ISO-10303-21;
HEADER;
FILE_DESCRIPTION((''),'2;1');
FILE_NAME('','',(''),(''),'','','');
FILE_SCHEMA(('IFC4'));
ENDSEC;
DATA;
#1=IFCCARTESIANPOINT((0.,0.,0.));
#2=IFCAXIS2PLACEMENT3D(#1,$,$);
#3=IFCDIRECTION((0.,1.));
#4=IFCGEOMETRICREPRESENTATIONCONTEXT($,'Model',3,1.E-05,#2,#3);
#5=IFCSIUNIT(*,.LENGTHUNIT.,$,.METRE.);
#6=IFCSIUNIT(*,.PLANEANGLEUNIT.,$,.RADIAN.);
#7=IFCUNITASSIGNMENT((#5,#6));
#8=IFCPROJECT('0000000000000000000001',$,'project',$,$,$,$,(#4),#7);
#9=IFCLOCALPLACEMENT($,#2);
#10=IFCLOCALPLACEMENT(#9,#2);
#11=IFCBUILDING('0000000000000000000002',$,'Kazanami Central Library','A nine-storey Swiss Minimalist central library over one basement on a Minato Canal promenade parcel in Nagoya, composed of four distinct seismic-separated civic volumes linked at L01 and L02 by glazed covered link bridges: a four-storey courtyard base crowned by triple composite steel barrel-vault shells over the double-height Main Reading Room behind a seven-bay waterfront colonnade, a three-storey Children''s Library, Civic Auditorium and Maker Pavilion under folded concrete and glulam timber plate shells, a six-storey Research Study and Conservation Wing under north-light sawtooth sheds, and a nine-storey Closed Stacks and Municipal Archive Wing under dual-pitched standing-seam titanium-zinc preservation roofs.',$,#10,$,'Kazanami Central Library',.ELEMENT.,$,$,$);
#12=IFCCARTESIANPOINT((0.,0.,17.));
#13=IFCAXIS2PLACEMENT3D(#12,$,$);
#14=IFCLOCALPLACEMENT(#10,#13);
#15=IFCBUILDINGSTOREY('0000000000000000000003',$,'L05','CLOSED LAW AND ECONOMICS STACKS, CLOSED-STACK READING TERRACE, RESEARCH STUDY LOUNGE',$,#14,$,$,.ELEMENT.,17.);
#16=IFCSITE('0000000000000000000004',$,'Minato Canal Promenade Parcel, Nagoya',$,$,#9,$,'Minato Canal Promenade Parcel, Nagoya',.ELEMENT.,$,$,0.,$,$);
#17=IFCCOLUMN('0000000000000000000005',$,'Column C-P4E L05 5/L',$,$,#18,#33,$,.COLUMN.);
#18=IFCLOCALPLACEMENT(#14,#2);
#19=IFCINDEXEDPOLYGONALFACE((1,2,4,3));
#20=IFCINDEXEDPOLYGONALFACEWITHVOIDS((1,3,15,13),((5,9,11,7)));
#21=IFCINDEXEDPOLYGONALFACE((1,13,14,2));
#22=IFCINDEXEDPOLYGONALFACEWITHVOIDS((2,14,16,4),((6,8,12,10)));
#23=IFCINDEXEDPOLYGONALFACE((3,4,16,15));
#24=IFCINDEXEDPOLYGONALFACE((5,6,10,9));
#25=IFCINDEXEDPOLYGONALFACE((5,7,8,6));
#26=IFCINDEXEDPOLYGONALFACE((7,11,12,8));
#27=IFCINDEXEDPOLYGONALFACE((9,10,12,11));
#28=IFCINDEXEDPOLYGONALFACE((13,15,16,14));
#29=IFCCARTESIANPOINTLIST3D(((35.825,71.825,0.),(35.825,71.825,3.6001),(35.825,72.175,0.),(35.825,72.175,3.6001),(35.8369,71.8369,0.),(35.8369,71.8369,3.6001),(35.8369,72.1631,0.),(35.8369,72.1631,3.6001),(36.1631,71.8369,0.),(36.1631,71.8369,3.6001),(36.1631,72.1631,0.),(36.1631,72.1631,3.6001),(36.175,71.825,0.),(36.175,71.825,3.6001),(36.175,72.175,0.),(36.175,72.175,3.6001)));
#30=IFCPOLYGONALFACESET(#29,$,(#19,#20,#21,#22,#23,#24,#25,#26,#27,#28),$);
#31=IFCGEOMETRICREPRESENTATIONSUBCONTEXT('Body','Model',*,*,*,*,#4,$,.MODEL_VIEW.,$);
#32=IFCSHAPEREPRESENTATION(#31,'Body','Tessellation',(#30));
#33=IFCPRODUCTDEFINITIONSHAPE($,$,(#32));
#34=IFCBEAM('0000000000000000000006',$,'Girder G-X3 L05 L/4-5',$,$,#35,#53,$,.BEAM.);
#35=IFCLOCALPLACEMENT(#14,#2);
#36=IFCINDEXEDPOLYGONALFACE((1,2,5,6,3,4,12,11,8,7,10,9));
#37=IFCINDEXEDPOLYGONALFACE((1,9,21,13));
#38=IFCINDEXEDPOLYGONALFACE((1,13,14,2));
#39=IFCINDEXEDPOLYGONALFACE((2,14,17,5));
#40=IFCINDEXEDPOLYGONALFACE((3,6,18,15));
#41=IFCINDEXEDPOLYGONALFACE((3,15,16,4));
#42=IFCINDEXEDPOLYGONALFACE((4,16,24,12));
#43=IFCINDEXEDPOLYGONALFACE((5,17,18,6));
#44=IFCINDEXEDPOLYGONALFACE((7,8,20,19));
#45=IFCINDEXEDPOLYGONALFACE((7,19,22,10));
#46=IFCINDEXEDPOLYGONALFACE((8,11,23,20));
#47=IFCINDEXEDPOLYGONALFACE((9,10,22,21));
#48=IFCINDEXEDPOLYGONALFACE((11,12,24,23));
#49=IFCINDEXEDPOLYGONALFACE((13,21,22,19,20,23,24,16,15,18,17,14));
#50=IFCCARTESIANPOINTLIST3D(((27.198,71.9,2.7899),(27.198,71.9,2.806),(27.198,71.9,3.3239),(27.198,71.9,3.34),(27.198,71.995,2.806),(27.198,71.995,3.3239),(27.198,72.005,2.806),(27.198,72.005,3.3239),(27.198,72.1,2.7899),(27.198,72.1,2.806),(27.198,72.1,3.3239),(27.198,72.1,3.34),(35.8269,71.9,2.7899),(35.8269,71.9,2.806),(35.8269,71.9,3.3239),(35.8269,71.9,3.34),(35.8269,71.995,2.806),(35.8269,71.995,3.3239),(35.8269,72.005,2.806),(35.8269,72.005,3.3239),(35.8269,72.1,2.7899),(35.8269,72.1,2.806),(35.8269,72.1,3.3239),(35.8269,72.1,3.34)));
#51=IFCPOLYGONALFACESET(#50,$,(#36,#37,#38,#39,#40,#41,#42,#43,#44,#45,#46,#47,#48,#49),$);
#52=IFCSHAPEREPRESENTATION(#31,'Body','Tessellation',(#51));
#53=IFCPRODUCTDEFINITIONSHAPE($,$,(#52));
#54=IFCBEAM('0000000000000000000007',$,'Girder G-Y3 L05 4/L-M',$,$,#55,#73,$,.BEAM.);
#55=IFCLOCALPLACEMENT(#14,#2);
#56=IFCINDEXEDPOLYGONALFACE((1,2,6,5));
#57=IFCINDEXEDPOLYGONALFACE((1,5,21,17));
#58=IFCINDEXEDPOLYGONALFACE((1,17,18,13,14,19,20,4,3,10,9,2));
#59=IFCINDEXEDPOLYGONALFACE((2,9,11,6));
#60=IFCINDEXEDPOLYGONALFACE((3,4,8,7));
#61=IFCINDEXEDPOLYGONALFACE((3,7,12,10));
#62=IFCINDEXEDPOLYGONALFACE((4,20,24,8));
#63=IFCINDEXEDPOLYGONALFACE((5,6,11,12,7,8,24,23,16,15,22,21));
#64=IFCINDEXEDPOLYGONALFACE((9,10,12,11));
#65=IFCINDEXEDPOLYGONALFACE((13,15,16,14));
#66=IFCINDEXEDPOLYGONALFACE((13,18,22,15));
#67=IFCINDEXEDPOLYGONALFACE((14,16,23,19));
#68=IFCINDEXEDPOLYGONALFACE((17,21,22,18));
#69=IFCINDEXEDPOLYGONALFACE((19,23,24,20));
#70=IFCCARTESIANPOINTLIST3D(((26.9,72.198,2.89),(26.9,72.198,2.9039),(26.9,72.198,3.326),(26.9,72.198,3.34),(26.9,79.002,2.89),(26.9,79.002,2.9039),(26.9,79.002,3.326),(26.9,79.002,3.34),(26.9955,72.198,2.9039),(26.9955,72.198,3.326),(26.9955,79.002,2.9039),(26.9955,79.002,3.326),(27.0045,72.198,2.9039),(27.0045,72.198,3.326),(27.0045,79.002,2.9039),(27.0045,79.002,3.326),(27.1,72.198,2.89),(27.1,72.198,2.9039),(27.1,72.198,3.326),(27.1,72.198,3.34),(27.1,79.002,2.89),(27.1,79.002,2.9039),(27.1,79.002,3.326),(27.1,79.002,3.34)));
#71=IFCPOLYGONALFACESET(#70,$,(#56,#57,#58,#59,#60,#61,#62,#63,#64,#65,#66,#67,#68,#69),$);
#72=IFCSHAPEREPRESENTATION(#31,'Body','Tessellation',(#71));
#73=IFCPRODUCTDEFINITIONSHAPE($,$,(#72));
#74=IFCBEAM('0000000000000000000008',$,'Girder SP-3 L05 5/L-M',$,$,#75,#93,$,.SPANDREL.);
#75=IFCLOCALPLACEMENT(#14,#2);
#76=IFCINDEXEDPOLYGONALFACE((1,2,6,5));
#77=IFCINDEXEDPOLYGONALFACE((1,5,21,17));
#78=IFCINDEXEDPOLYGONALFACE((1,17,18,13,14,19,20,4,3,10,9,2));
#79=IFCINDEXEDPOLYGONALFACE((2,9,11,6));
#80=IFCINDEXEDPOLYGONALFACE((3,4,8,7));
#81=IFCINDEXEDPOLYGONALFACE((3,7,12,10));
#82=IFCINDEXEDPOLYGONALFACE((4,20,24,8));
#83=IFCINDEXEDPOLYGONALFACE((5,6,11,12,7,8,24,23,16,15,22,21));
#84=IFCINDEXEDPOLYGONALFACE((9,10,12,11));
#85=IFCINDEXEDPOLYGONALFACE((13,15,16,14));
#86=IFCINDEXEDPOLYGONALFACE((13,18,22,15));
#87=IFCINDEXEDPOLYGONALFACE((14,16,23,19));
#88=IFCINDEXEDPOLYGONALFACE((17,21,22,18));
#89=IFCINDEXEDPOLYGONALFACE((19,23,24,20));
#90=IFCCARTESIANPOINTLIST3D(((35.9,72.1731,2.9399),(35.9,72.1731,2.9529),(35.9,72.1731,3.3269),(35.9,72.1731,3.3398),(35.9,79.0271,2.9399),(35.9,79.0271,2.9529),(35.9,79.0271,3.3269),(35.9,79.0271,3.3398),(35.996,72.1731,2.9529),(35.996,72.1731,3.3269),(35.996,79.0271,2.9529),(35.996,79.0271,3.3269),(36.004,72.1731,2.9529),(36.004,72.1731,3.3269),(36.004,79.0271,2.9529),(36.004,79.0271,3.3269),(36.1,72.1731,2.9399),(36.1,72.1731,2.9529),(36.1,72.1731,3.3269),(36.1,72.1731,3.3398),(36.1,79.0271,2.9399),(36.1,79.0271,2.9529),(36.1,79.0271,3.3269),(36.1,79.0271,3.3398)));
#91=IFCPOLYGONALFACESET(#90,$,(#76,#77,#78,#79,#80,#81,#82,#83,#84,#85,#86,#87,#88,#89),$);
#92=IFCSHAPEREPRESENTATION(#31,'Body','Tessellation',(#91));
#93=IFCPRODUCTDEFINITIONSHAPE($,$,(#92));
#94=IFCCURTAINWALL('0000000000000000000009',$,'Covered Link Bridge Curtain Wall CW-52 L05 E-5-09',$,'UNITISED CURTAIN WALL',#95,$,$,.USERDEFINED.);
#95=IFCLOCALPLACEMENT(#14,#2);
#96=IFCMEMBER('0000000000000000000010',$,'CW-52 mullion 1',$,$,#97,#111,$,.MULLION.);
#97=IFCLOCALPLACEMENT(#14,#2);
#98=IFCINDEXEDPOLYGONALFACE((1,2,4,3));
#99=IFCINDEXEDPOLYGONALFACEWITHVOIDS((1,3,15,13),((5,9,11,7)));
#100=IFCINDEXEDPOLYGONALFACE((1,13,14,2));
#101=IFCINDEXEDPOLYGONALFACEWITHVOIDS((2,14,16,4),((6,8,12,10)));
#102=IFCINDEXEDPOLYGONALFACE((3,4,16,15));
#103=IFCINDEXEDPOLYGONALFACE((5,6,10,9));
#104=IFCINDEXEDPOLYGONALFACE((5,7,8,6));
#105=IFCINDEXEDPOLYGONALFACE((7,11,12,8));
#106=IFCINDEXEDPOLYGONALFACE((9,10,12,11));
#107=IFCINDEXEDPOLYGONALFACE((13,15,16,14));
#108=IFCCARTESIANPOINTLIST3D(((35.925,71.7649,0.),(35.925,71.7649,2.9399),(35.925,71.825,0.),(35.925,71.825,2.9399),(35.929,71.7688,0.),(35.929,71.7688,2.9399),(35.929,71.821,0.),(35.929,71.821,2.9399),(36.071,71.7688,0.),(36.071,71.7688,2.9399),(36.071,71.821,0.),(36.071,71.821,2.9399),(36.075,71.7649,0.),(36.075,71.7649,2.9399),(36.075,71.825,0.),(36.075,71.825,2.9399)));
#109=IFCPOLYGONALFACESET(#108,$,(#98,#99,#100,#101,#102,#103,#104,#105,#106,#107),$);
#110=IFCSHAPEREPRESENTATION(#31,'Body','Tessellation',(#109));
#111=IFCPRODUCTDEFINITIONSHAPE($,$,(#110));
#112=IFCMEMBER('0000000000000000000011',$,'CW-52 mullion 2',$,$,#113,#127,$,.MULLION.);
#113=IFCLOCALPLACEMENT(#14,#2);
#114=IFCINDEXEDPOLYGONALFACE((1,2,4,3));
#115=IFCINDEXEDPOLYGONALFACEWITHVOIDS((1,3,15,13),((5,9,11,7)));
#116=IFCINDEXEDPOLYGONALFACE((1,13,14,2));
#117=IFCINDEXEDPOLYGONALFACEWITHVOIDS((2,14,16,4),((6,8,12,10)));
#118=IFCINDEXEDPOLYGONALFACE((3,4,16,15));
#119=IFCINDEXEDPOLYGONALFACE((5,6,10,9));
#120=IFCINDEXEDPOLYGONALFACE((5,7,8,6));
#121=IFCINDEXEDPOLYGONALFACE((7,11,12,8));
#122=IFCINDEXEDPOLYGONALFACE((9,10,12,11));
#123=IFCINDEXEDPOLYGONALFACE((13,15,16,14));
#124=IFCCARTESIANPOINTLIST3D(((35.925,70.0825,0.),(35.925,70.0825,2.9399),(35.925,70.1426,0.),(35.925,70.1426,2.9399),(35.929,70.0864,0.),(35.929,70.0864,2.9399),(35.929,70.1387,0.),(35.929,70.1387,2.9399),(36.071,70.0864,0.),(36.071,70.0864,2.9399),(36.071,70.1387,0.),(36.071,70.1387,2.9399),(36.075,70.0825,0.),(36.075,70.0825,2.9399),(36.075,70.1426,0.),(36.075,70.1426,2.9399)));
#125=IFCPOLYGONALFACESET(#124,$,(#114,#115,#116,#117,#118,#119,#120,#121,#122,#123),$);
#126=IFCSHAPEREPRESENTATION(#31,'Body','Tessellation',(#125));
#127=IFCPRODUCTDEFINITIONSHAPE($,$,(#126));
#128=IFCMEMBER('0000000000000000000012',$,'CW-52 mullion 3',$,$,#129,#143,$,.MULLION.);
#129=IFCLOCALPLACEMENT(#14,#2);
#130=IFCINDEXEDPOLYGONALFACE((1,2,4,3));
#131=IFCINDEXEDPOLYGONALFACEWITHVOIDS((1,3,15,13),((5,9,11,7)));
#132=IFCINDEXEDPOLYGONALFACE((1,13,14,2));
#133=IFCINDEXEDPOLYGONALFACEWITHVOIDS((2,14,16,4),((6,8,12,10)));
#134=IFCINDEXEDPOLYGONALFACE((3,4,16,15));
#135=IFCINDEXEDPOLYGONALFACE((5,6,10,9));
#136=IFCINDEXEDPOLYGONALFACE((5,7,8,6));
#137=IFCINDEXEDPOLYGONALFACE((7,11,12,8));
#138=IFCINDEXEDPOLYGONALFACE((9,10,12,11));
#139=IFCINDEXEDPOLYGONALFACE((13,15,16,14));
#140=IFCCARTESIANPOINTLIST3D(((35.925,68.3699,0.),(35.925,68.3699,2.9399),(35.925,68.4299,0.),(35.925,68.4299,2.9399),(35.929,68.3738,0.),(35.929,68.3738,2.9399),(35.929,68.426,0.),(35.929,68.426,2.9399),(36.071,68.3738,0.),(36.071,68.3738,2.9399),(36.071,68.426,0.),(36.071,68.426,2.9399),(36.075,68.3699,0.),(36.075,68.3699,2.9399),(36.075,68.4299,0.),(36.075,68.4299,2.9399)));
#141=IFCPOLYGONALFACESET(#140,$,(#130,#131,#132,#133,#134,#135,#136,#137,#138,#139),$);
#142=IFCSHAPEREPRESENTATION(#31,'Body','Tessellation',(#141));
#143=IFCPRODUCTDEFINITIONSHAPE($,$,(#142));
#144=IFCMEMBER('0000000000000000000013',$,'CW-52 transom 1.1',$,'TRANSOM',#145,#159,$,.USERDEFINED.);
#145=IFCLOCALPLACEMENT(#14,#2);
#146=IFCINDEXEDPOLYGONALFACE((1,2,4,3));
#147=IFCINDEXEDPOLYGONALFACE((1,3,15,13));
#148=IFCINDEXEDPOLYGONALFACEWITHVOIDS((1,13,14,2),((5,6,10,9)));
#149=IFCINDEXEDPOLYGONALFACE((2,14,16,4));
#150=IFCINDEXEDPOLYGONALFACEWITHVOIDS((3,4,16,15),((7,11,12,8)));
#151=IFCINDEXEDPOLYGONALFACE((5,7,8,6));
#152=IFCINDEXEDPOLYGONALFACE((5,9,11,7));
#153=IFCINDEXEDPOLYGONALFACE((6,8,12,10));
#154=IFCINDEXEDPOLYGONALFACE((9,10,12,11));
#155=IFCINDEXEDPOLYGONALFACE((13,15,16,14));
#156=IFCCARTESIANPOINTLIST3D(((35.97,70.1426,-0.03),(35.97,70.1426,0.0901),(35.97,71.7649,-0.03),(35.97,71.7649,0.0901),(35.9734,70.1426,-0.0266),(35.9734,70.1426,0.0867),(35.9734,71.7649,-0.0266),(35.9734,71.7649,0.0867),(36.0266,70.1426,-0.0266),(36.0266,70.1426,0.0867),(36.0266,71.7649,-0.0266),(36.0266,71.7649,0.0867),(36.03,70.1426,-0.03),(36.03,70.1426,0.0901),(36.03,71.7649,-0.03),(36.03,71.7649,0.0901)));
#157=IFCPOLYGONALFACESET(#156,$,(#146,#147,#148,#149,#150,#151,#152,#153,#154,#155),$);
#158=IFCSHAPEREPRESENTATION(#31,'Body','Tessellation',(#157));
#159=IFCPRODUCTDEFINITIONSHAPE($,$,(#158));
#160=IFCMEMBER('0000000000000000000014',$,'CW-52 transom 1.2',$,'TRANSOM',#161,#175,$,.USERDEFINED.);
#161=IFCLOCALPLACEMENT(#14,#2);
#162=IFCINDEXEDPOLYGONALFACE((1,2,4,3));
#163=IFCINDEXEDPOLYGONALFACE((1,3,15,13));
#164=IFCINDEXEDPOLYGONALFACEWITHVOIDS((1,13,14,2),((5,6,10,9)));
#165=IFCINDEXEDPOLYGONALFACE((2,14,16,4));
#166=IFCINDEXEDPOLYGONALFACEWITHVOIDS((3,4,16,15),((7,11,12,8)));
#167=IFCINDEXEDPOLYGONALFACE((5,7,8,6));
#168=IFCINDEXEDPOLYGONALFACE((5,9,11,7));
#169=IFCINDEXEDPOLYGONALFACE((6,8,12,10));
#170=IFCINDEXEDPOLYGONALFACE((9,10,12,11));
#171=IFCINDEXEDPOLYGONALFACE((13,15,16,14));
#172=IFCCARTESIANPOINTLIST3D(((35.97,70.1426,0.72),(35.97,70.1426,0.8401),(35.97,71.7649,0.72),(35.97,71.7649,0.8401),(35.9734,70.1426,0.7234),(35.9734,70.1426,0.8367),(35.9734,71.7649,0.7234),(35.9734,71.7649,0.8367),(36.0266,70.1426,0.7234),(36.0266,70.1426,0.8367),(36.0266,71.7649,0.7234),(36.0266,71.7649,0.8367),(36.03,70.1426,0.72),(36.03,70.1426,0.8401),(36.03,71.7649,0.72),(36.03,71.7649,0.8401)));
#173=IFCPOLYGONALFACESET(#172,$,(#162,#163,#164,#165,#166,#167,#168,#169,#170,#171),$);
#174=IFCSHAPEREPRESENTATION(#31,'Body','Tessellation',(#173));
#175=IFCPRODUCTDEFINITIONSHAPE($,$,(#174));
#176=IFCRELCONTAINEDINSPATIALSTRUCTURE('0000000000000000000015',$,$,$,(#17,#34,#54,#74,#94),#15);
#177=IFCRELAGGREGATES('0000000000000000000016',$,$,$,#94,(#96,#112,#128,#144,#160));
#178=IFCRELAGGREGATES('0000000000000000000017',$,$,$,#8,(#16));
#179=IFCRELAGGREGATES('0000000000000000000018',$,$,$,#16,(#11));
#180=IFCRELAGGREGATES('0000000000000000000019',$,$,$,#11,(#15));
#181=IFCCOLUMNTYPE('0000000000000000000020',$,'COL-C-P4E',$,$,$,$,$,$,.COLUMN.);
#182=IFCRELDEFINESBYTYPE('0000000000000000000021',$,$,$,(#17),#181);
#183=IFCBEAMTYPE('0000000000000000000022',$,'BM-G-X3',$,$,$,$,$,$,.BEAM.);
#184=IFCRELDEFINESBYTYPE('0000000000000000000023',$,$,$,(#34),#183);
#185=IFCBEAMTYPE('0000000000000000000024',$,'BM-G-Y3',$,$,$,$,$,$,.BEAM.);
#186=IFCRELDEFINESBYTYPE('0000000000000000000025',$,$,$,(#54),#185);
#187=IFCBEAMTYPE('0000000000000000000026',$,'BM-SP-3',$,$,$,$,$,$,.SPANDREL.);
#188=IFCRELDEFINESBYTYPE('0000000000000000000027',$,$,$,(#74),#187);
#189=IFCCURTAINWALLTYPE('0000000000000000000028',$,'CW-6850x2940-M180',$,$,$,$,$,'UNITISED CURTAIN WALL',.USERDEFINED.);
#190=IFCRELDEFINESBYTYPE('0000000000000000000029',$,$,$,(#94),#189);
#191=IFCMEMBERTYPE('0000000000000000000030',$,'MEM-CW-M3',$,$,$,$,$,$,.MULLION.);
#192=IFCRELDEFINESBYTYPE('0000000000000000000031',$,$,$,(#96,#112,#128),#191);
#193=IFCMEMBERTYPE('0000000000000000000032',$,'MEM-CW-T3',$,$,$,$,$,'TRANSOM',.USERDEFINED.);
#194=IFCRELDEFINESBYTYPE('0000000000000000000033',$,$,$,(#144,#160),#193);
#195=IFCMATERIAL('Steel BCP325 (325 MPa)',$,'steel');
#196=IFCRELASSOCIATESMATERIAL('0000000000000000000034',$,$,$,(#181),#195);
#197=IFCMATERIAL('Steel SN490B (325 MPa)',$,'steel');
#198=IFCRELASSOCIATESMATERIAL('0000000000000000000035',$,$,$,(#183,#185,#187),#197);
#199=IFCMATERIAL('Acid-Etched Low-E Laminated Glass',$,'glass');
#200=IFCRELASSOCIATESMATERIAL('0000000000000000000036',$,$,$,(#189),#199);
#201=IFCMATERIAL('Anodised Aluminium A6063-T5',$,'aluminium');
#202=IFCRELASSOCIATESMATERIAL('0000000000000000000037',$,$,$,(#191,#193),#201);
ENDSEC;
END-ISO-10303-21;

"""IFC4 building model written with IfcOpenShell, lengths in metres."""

from ifc_helpers import new_model, si_unit, direction, frame, origin, origin_2d, place, context, subcontext, project, spatial, hollow_rectangle, i_section, extrude, material, material_profile, profile_set, type_object, element, aggregate, save


model = new_model("IFC4")

# Units and contexts
model_context = context("Model", 3, precision=1e-05, world=origin(), true_north=direction((0.0, 1.0)))
body_context = subcontext(model_context, "Body", "Model", "MODEL_VIEW")
ifc_project = project(units=[si_unit("LENGTHUNIT", "METRE"), si_unit("PLANEANGLEUNIT", "RADIAN")], contexts=[model_context])

# Site, building, storey
site_placement = place(None, origin())
site = spatial("IfcSite", under=ifc_project, at=site_placement, Name="Minato Canal Promenade Parcel, Nagoya", LongName="Minato Canal Promenade Parcel, Nagoya", CompositionType="ELEMENT", RefElevation=0.0)
building_placement = place(site_placement, origin())
building = spatial("IfcBuilding", under=site, at=building_placement, Name="Kazanami Central Library", Description="A nine-storey Swiss Minimalist central library over one basement on a Minato Canal promenade parcel in Nagoya, composed of four distinct seismic-separated civic volumes linked at L01 and L02 by glazed covered link bridges: a four-storey courtyard base crowned by triple composite steel barrel-vault shells over the double-height Main Reading Room behind a seven-bay waterfront colonnade, a three-storey Children's Library, Civic Auditorium and Maker Pavilion under folded concrete and glulam timber plate shells, a six-storey Research Study and Conservation Wing under north-light sawtooth sheds, and a nine-storey Closed Stacks and Municipal Archive Wing under dual-pitched standing-seam titanium-zinc preservation roofs.", LongName="Kazanami Central Library", CompositionType="ELEMENT")
storey_placement = place(building_placement, frame((0.0, 0.0, 17.0)))
storey = spatial("IfcBuildingStorey", under=building, at=storey_placement, Name="L05", Description="CLOSED LAW AND ECONOMICS STACKS, CLOSED-STACK READING TERRACE, RESEARCH STUDY LOUNGE", CompositionType="ELEMENT", Elevation=17.0)

# Column
ifc_material_1 = material(Name="Steel BCP325 (325 MPa)", Category="steel")
ifc_material_profile_1 = material_profile(ifc_material_1, hollow_rectangle(XDim=0.3501, YDim=0.3501, WallThickness=0.012, at=origin_2d()), Name="STKR-350x350x12")
ifc_profile_set_1 = profile_set([ifc_material_profile_1], Name="Steel BCP325 (325 MPa)")
column_type = type_object("IfcColumnType", Name="COL-C-P4E", PredefinedType="COLUMN", material=ifc_profile_set_1)
column_placement = place(storey_placement, frame((36.0, 72.0, 0.0), z_axis=(0.0, 0.0, 1.0), x_axis=(1.0, 0.0, 0.0)))
element("IfcColumn", 1, at=column_placement, inside=storey, type_object=column_type, Name="Column C-P4E L05 5/L", PredefinedType="COLUMN", context=body_context, shape_type="SweptSolid", body=[
    extrude(hollow_rectangle(XDim=0.3501, YDim=0.3501, WallThickness=0.012, at=origin_2d()), origin(), (0.0, 0.0, 1.0), 3.6001),
])

# Beams
ifc_material_2 = material(Name="Steel SN490B (325 MPa)", Category="steel")
ifc_material_profile_2 = material_profile(ifc_material_2, i_section(OverallWidth=0.2, OverallDepth=0.55, WebThickness=0.01, FlangeThickness=0.0161, at=origin_2d()), Name="H-550x200x10x16")
ifc_profile_set_2 = profile_set([ifc_material_profile_2], Name="Steel SN490B (325 MPa)")
beam_type_1 = type_object("IfcBeamType", Name="BM-G-X3", PredefinedType="BEAM", material=ifc_profile_set_2)
beam_1_placement = place(storey_placement, frame((27.198, 72.0, 3.0649), z_axis=(1.0, 0.0, 0.0), x_axis=(0.0, 1.0, 0.0)))
element("IfcBeam", 2, at=beam_1_placement, inside=storey, type_object=beam_type_1, Name="Girder G-X3 L05 L/4-5", PredefinedType="BEAM", context=body_context, shape_type="SweptSolid", body=[
    extrude(i_section(OverallWidth=0.2, OverallDepth=0.55, WebThickness=0.01, FlangeThickness=0.0161, at=origin_2d()), origin(), (0.0, 0.0, 1.0), 8.6289),
])
ifc_material_profile_3 = material_profile(ifc_material_2, i_section(OverallWidth=0.2, OverallDepth=0.45, WebThickness=0.009, FlangeThickness=0.0139, at=origin_2d()), Name="H-450x200x9x14")
ifc_profile_set_3 = profile_set([ifc_material_profile_3], Name="Steel SN490B (325 MPa)")
beam_type_2 = type_object("IfcBeamType", Name="BM-G-Y3", PredefinedType="BEAM", material=ifc_profile_set_3)
beam_2_placement = place(storey_placement, frame((27.0, 72.198, 3.115), z_axis=(0.0, 1.0, 0.0), x_axis=(-1.0, 0.0, 0.0)))
element("IfcBeam", 3, at=beam_2_placement, inside=storey, type_object=beam_type_2, Name="Girder G-Y3 L05 4/L-M", PredefinedType="BEAM", context=body_context, shape_type="SweptSolid", body=[
    extrude(i_section(OverallWidth=0.2, OverallDepth=0.45, WebThickness=0.009, FlangeThickness=0.0139, at=origin_2d()), origin(), (0.0, 0.0, 1.0), 6.804),
])
ifc_material_profile_4 = material_profile(ifc_material_2, i_section(OverallWidth=0.2, OverallDepth=0.3999, WebThickness=0.0081, FlangeThickness=0.0129, at=origin_2d()), Name="H-400x200x8x13")
ifc_profile_set_4 = profile_set([ifc_material_profile_4], Name="Steel SN490B (325 MPa)")
beam_type_3 = type_object("IfcBeamType", Name="BM-SP-3", PredefinedType="SPANDREL", material=ifc_profile_set_4)
beam_3_placement = place(storey_placement, frame((36.0, 72.1731, 3.1399), z_axis=(0.0, 1.0, 0.0), x_axis=(-1.0, 0.0, 0.0)))
element("IfcBeam", 4, at=beam_3_placement, inside=storey, type_object=beam_type_3, Name="Girder SP-3 L05 5/L-M", PredefinedType="SPANDREL", context=body_context, shape_type="SweptSolid", body=[
    extrude(i_section(OverallWidth=0.2, OverallDepth=0.3999, WebThickness=0.0081, FlangeThickness=0.0129, at=origin_2d()), origin(), (0.0, 0.0, 1.0), 6.854),
])

# Curtain wall, members
ifc_material_3 = material(Name="Acid-Etched Low-E Laminated Glass", Category="glass")
curtain_wall_type = type_object("IfcCurtainWallType", Name="CW-6850x2940-M180", ElementType="UNITISED CURTAIN WALL", PredefinedType="USERDEFINED", material=ifc_material_3)
curtain_wall_placement = place(storey_placement, origin())
curtain_wall = element("IfcCurtainWall", 5, at=curtain_wall_placement, inside=storey, type_object=curtain_wall_type, Name="Covered Link Bridge Curtain Wall CW-52 L05 E-5-09", ObjectType="UNITISED CURTAIN WALL", PredefinedType="USERDEFINED")
ifc_material_4 = material(Name="Anodised Aluminium A6063-T5", Category="aluminium")
ifc_material_profile_5 = material_profile(ifc_material_4, hollow_rectangle(XDim=0.0601, YDim=0.1499, WallThickness=0.0039, at=origin_2d()), Name="ALU-MULL-60x150x4")
ifc_profile_set_5 = profile_set([ifc_material_profile_5], Name="Anodised Aluminium A6063-T5")
member_type_1 = type_object("IfcMemberType", Name="MEM-CW-M3", PredefinedType="MULLION", material=ifc_profile_set_5)
member_1_placement = place(storey_placement, frame((36.0, 71.7949, 0.0), z_axis=(0.0, 0.0, 1.0), x_axis=(0.0, -1.0, 0.0)))
member_1 = element("IfcMember", 6, at=member_1_placement, type_object=member_type_1, Name="CW-52 mullion 1", PredefinedType="MULLION", context=body_context, shape_type="SweptSolid", body=[
    extrude(hollow_rectangle(XDim=0.0601, YDim=0.1499, WallThickness=0.0039, at=origin_2d()), origin(), (0.0, 0.0, 1.0), 2.9399),
])
member_2_placement = place(storey_placement, frame((36.0, 70.1125, 0.0), z_axis=(0.0, 0.0, 1.0), x_axis=(0.0, -1.0, 0.0)))
member_2 = element("IfcMember", 7, at=member_2_placement, type_object=member_type_1, Name="CW-52 mullion 2", PredefinedType="MULLION", context=body_context, shape_type="SweptSolid", body=[
    extrude(hollow_rectangle(XDim=0.0601, YDim=0.1499, WallThickness=0.0039, at=origin_2d()), origin(), (0.0, 0.0, 1.0), 2.9399),
])
member_3_placement = place(storey_placement, frame((36.0, 68.3999, 0.0), z_axis=(0.0, 0.0, 1.0), x_axis=(0.0, -1.0, 0.0)))
member_3 = element("IfcMember", 8, at=member_3_placement, type_object=member_type_1, Name="CW-52 mullion 3", PredefinedType="MULLION", context=body_context, shape_type="SweptSolid", body=[
    extrude(hollow_rectangle(XDim=0.0601, YDim=0.1499, WallThickness=0.0039, at=origin_2d()), origin(), (0.0, 0.0, 1.0), 2.9399),
])
ifc_material_profile_6 = material_profile(ifc_material_4, hollow_rectangle(XDim=0.0601, YDim=0.1201, WallThickness=0.0034, at=origin_2d()), Name="ALU-TRAN-60x120x3.5")
ifc_profile_set_6 = profile_set([ifc_material_profile_6], Name="Anodised Aluminium A6063-T5")
member_type_2 = type_object("IfcMemberType", Name="MEM-CW-T3", ElementType="TRANSOM", PredefinedType="USERDEFINED", material=ifc_profile_set_6)
member_4_placement = place(storey_placement, frame((36.0, 71.7649, 0.03), z_axis=(0.0, -1.0, 0.0), x_axis=(1.0, 0.0, 0.0)))
member_4 = element("IfcMember", 9, at=member_4_placement, type_object=member_type_2, Name="CW-52 transom 1.1", ObjectType="TRANSOM", PredefinedType="USERDEFINED", context=body_context, shape_type="SweptSolid", body=[
    extrude(hollow_rectangle(XDim=0.0601, YDim=0.1201, WallThickness=0.0034, at=origin_2d()), origin(), (0.0, 0.0, 1.0), 1.6223),
])
member_5_placement = place(storey_placement, frame((36.0, 71.7649, 0.78), z_axis=(0.0, -1.0, 0.0), x_axis=(1.0, 0.0, 0.0)))
member_5 = element("IfcMember", 10, at=member_5_placement, type_object=member_type_2, Name="CW-52 transom 1.2", ObjectType="TRANSOM", PredefinedType="USERDEFINED", context=body_context, shape_type="SweptSolid", body=[
    extrude(hollow_rectangle(XDim=0.0601, YDim=0.1201, WallThickness=0.0034, at=origin_2d()), origin(), (0.0, 0.0, 1.0), 1.6223),
])
aggregate(curtain_wall, [member_1, member_2, member_3, member_4, member_5])

save(model, "model.ifc")
